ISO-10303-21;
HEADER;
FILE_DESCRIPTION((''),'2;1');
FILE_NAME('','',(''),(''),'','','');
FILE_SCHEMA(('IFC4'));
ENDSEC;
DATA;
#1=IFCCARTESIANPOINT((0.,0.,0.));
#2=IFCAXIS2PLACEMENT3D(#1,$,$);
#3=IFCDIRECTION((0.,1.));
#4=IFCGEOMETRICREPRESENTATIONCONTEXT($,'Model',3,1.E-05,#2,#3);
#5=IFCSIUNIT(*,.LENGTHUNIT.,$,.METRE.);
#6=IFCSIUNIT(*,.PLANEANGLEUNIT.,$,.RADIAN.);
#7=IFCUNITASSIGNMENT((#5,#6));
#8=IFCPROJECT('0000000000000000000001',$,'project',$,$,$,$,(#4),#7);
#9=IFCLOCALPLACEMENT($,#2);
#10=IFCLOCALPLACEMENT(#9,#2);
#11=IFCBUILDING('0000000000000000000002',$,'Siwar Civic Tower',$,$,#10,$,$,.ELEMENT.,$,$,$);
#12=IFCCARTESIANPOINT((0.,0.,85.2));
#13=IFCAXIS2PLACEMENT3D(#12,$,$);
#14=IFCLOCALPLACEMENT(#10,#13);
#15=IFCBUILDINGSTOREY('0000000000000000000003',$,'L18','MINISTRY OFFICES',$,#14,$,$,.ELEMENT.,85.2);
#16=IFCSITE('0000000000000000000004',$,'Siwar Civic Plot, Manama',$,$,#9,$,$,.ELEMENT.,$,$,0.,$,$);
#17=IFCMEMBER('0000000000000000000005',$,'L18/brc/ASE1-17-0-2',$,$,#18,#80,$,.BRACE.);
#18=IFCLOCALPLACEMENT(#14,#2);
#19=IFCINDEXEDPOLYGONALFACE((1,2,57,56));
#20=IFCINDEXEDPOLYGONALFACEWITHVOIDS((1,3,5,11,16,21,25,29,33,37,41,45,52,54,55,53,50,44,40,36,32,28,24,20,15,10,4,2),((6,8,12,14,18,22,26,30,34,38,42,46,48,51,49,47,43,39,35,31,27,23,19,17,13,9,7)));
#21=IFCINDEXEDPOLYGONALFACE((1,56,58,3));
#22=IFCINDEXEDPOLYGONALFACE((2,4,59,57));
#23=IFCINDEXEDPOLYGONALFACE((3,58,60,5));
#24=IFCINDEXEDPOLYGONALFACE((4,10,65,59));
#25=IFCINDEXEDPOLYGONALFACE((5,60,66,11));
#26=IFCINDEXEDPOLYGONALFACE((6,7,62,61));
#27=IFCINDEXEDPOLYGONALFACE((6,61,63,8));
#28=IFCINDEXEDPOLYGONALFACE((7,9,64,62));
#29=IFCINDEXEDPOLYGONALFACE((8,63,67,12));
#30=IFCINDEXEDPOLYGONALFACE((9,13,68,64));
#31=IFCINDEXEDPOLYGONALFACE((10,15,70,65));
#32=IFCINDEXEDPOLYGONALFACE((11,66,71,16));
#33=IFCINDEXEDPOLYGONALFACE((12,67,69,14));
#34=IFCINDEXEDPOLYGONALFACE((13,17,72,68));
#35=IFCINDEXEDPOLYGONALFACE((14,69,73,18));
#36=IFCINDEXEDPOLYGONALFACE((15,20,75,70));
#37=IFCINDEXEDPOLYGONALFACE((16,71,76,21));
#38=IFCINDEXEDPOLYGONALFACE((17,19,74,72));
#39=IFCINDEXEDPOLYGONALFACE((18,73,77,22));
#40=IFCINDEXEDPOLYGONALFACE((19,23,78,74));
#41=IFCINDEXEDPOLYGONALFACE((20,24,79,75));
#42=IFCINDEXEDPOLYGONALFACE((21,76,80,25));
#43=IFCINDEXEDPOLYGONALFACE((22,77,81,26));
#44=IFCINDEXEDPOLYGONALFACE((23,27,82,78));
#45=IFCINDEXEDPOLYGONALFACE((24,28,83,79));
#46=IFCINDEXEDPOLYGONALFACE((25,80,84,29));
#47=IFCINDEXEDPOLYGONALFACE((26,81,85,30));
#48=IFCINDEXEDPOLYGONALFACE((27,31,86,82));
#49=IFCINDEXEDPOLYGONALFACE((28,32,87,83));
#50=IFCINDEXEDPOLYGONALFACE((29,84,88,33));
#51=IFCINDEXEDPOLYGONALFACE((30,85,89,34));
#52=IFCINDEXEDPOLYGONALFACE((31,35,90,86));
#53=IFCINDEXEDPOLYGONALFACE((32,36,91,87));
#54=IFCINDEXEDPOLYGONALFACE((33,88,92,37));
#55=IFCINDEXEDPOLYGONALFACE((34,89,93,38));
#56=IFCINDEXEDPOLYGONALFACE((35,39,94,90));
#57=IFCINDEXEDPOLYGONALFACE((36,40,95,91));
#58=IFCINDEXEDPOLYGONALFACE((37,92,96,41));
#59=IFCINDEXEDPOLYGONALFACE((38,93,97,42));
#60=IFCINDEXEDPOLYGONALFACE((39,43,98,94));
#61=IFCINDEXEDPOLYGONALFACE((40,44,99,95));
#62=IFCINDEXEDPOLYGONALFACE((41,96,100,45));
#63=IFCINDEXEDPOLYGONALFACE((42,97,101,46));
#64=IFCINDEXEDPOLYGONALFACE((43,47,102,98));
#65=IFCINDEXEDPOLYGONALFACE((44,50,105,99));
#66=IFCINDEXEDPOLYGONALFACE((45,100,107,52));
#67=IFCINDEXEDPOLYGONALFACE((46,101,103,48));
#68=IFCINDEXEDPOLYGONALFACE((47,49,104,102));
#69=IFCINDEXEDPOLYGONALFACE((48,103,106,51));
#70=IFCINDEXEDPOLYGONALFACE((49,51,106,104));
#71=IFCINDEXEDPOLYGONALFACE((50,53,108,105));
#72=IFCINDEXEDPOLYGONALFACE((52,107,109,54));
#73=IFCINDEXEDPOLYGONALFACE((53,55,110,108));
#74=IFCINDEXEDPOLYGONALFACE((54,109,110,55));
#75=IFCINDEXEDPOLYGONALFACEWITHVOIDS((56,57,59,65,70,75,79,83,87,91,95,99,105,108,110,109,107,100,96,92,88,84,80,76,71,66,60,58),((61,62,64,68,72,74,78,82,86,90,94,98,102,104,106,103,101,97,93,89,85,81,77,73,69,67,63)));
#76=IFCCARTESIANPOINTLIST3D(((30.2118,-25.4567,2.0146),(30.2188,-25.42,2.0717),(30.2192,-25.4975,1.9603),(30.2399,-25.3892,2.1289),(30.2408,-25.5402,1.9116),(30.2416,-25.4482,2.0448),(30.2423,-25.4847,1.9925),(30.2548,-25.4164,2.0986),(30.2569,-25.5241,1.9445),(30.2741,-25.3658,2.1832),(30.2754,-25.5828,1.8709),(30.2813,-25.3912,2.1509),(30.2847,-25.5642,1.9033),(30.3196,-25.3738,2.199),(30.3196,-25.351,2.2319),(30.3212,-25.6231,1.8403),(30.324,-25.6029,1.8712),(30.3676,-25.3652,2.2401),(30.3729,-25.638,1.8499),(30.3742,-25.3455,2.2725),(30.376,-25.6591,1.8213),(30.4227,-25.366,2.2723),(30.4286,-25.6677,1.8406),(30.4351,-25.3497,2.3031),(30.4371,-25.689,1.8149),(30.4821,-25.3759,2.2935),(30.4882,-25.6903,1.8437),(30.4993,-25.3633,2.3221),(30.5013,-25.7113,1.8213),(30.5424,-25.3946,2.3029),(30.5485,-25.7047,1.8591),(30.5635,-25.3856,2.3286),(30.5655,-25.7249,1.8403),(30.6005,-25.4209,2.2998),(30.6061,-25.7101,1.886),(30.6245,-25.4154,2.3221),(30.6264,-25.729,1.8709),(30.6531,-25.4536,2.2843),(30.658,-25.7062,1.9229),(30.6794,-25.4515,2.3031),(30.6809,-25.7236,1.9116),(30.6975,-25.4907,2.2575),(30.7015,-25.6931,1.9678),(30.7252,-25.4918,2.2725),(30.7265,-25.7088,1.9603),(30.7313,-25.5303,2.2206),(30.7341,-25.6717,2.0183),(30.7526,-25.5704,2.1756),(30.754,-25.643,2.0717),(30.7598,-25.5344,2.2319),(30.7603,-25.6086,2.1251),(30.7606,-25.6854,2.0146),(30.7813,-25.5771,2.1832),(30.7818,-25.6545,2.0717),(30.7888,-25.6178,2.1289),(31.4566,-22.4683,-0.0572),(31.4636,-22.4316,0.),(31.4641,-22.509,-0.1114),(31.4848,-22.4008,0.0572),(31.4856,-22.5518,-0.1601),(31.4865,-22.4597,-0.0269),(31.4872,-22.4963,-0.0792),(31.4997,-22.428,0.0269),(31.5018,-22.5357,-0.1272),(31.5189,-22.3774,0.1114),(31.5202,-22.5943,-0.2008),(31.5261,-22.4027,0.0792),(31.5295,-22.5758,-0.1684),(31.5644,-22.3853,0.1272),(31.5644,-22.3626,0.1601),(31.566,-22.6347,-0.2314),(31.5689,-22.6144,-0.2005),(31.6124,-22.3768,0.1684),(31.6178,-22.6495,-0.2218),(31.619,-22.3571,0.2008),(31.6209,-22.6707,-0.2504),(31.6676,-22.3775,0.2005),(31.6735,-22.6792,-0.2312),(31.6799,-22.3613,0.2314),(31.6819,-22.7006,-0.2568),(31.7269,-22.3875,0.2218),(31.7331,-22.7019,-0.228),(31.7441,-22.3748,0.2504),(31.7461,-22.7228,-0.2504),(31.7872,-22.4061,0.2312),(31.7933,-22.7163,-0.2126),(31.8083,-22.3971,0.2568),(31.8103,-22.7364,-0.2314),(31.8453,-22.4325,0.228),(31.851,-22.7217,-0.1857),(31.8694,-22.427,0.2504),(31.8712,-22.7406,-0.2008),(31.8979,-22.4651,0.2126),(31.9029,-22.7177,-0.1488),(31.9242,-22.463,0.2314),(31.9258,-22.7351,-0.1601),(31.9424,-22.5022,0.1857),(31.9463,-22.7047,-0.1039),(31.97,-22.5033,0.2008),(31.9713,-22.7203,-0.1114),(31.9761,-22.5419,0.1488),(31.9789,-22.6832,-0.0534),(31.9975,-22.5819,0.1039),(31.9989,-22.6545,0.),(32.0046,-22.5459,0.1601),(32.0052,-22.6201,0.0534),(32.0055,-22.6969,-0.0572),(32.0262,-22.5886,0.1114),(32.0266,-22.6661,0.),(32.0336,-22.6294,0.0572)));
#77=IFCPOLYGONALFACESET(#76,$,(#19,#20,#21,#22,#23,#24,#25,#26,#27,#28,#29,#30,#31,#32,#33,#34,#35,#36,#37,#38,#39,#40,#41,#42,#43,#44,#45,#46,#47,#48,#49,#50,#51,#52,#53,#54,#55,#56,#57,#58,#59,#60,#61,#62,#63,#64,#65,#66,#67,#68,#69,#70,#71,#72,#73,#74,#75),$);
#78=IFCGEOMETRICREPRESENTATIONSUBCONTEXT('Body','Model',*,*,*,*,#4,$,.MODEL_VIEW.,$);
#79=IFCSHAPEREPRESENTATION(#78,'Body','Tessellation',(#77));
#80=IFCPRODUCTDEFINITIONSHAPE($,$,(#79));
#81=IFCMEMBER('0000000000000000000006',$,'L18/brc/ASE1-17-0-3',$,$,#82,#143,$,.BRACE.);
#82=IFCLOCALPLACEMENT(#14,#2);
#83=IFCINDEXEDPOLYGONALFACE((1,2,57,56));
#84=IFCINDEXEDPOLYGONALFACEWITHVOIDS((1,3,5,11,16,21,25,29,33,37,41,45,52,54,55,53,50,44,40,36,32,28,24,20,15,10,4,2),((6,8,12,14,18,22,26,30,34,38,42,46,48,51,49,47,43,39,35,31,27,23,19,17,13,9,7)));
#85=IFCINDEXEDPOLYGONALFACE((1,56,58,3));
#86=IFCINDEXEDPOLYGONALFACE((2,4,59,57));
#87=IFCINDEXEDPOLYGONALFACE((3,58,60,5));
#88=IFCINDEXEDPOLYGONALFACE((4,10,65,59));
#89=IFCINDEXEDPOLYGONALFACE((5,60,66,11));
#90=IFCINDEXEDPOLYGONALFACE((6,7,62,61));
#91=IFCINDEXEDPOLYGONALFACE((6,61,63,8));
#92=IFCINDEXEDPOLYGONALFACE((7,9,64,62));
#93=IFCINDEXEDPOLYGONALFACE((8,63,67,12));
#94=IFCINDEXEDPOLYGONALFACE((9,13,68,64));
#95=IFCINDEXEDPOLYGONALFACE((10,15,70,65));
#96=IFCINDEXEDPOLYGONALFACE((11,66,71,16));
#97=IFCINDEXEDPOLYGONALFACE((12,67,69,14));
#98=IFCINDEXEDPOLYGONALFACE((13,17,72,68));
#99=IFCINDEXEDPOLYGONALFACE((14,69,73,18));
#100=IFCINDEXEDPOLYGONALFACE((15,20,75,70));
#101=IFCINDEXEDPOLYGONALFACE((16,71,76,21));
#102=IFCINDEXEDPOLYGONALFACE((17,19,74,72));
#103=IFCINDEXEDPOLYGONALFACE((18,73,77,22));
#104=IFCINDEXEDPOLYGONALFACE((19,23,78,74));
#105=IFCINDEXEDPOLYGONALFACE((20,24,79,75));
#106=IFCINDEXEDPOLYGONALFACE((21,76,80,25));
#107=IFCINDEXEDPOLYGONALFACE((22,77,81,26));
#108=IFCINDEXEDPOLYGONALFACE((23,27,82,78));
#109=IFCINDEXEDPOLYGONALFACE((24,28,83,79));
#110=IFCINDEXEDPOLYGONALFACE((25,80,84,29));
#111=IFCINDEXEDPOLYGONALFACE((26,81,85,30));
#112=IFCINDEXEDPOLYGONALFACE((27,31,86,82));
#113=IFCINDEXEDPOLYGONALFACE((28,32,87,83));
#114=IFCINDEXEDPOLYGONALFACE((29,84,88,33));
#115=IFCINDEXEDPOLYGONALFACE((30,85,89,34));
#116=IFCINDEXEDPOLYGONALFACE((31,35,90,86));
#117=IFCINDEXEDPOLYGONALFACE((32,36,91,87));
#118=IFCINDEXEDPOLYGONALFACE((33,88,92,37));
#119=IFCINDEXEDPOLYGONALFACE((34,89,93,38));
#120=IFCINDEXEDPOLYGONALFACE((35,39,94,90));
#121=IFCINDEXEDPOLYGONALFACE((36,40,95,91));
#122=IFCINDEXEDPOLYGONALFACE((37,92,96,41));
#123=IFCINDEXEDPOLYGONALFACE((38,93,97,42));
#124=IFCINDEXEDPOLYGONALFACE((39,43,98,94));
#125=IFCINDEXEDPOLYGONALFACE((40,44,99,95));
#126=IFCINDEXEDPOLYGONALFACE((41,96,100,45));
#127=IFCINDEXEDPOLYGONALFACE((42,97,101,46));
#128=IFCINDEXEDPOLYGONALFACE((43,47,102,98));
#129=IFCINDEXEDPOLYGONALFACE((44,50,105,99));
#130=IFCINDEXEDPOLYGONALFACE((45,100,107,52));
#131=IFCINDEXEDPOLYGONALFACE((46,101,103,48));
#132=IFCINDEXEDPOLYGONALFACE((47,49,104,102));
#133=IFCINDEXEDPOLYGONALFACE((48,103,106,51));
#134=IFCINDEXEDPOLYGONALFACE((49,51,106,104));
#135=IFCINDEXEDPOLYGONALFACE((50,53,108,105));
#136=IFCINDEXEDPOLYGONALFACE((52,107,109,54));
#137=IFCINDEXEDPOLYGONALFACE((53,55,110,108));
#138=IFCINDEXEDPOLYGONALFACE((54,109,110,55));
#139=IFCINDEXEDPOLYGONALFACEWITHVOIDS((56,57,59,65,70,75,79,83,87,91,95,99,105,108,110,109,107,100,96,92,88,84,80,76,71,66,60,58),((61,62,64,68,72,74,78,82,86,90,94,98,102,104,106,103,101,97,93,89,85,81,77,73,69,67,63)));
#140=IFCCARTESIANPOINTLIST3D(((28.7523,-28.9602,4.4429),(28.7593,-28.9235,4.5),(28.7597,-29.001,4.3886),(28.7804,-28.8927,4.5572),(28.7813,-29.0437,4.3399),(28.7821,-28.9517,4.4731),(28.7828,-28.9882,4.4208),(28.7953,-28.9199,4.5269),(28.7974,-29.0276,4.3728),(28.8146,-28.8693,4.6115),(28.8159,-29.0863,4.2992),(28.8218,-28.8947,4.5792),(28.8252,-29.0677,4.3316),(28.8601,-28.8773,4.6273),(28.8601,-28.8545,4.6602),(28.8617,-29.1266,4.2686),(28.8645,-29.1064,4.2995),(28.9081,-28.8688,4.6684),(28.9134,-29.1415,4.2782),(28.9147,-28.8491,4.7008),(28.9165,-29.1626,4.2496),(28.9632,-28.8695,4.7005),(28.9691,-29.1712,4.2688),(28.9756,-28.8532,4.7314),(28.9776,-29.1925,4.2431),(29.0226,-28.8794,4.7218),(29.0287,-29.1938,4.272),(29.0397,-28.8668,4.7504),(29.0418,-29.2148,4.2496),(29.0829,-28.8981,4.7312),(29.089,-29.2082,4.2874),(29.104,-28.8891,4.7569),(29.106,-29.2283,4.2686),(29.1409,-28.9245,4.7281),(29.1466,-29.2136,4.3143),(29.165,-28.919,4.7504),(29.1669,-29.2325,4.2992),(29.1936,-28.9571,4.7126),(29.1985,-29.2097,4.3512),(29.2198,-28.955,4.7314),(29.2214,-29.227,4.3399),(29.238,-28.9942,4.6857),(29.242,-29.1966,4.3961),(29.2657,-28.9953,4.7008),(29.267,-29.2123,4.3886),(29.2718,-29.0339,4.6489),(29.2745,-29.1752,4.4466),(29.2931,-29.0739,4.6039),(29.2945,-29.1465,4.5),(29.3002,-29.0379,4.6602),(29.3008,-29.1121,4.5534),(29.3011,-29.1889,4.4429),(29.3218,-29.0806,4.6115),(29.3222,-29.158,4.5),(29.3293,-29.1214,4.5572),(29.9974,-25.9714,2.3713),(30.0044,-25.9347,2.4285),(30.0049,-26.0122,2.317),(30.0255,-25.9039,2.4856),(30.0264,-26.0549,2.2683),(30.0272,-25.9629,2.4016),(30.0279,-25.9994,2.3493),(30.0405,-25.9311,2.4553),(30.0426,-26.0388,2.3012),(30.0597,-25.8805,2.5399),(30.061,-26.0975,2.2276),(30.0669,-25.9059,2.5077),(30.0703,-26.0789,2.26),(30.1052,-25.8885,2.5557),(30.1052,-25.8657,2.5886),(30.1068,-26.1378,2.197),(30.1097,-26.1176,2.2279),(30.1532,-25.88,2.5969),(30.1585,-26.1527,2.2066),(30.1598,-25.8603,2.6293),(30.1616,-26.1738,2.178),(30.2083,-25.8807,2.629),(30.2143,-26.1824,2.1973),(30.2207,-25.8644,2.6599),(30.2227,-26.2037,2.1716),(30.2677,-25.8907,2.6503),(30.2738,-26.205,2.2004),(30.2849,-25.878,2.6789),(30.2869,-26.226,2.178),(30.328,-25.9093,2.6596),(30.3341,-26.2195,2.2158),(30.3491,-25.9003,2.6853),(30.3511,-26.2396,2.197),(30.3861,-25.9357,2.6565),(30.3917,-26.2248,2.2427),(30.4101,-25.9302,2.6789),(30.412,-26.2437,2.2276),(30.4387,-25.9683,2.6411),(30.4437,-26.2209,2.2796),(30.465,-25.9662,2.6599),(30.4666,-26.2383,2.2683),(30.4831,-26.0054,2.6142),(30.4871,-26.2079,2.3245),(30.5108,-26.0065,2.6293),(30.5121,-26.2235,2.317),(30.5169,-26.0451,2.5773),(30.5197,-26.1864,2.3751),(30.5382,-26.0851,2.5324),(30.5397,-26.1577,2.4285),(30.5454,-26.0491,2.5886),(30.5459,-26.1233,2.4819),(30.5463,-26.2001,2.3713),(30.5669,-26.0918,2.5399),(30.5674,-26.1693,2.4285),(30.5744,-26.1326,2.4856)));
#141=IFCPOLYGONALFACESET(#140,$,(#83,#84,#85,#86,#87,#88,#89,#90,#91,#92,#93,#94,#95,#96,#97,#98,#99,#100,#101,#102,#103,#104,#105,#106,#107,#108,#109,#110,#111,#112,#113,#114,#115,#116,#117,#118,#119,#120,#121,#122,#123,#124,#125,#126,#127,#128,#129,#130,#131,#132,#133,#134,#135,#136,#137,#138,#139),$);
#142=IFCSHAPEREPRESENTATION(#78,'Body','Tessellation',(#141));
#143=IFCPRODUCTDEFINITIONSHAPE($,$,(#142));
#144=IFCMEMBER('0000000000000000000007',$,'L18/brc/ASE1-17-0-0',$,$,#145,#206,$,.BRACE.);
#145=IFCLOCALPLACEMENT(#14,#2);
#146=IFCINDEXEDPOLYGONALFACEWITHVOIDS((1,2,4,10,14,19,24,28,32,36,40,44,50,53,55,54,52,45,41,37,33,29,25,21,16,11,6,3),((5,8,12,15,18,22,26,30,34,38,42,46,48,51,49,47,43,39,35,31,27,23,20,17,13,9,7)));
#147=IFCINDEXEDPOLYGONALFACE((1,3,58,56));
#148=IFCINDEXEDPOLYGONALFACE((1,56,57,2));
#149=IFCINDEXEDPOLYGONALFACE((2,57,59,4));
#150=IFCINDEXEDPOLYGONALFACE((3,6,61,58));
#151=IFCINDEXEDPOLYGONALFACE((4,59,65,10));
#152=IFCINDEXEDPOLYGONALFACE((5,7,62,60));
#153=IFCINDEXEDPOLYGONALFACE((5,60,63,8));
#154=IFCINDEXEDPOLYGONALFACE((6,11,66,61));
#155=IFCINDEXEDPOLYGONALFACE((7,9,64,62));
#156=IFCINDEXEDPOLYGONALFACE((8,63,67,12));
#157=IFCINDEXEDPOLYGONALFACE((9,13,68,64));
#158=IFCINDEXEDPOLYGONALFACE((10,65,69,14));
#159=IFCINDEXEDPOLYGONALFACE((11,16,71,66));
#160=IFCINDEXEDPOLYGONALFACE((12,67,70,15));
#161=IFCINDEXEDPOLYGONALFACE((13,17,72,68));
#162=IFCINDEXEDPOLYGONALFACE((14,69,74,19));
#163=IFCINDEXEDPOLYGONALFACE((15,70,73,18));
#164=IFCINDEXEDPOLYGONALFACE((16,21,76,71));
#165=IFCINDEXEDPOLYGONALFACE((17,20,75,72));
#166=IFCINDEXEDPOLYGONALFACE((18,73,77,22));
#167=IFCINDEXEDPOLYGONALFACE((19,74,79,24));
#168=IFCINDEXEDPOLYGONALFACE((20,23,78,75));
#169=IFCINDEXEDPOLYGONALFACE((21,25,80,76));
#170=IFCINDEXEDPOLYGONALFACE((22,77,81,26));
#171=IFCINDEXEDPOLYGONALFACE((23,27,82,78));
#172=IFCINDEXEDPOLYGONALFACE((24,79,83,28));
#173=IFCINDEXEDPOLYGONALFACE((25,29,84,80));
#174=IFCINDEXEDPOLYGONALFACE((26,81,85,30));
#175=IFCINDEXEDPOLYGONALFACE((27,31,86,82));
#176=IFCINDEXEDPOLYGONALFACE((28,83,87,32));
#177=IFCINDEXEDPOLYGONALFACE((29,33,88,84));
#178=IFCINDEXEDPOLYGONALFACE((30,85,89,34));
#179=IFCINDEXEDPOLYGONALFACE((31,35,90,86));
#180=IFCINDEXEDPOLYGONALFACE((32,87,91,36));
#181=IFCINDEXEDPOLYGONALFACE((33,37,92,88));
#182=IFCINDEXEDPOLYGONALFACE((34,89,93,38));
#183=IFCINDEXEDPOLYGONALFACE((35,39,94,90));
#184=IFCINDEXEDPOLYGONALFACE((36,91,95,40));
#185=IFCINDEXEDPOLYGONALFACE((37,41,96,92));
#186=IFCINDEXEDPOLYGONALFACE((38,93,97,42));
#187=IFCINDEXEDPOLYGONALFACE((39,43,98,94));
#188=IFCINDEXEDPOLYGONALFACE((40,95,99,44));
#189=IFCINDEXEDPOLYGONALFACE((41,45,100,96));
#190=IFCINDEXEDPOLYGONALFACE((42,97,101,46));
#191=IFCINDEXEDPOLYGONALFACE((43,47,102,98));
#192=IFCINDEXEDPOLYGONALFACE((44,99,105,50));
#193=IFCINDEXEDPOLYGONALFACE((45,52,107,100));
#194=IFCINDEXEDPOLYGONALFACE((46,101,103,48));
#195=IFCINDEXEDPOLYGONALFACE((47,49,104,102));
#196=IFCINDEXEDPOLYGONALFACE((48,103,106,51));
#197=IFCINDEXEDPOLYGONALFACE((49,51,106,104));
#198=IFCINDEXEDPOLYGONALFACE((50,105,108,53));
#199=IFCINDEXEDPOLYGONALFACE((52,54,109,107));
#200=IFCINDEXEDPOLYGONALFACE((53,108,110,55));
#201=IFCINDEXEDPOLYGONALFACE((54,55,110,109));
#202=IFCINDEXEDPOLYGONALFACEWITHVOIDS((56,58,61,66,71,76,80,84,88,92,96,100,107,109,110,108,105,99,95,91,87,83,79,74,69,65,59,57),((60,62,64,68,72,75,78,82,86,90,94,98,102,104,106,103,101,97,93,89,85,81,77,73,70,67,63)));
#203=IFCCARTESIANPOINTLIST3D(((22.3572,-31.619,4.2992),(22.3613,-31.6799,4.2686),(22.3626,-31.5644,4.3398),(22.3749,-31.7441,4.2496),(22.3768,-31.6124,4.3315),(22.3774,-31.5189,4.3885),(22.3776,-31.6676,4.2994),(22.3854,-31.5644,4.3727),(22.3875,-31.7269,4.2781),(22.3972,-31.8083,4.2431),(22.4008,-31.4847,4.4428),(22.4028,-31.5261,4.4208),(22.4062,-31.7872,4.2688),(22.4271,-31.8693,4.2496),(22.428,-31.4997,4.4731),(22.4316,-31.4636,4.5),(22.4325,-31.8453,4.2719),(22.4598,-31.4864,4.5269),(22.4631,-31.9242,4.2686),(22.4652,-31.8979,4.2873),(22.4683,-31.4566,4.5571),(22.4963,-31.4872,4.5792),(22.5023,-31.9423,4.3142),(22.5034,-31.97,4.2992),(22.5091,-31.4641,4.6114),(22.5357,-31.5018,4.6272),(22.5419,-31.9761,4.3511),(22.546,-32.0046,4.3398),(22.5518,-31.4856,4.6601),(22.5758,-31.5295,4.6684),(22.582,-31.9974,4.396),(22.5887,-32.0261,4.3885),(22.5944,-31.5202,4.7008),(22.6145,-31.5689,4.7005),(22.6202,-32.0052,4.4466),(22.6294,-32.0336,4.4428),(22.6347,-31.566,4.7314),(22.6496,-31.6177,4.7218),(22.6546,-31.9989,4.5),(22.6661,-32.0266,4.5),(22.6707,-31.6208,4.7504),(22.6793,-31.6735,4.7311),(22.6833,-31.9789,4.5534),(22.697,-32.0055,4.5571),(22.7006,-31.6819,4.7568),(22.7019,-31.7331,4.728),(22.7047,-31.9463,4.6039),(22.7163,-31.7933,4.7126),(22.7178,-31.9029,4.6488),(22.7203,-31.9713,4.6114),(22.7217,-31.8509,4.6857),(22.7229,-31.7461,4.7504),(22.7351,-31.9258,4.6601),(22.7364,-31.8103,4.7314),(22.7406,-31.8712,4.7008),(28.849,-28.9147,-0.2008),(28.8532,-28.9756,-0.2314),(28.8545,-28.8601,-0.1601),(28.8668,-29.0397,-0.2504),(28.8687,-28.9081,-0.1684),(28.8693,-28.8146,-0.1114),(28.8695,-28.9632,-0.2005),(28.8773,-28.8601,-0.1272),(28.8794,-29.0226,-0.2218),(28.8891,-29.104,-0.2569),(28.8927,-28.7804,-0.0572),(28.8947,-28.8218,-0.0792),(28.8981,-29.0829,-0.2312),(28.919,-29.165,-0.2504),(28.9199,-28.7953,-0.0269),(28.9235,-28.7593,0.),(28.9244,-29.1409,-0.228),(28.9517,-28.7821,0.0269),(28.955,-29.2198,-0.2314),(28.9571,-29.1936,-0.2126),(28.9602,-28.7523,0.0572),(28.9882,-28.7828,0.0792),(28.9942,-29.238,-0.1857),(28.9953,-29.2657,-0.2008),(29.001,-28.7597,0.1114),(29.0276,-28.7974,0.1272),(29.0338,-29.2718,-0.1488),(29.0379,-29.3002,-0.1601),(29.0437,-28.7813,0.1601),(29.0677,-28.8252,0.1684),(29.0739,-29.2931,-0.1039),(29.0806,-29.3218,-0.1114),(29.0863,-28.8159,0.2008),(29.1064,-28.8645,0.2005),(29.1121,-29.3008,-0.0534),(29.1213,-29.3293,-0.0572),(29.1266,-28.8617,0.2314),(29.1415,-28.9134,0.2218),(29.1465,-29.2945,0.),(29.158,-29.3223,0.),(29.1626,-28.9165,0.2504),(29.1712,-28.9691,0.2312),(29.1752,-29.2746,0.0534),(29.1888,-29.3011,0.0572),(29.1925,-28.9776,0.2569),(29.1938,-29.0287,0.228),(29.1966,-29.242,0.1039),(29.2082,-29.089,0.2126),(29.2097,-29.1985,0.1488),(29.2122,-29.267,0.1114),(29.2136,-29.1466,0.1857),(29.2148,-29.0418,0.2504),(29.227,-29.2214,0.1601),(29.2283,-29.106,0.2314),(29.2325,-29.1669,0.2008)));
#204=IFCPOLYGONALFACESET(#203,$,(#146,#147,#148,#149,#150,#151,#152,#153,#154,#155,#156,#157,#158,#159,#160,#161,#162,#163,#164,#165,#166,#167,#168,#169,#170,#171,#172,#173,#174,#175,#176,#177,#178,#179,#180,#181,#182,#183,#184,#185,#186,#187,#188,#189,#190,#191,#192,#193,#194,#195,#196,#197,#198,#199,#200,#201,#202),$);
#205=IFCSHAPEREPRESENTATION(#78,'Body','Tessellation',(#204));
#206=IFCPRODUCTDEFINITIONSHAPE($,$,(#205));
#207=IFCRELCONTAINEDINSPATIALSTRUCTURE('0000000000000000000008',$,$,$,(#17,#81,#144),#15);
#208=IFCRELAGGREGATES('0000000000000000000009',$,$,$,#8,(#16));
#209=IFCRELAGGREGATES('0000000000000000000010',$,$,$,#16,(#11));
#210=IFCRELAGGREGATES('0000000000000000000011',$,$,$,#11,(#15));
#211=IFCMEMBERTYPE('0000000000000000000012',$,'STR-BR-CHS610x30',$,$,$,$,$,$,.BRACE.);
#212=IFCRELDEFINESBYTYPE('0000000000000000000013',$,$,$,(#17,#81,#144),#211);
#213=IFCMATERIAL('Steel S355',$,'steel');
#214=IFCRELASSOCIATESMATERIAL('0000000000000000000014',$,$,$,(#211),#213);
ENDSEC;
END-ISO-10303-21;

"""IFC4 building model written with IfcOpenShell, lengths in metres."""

from ifc_helpers import new_model, si_unit, direction, frame, origin, origin_2d, place, context, subcontext, project, spatial, hollow_circle, extrude, material, material_profile, profile_set, type_object, element, save


model = new_model("IFC4")

# Units and contexts
model_context = context("Model", 3, precision=1e-05, world=origin(), true_north=direction((0.0, 1.0)))
body_context = subcontext(model_context, "Body", "Model", "MODEL_VIEW")
ifc_project = project(units=[si_unit("LENGTHUNIT", "METRE"), si_unit("PLANEANGLEUNIT", "RADIAN")], contexts=[model_context])

# Site, building, storey
site_placement = place(None, origin())
site = spatial("IfcSite", under=ifc_project, at=site_placement, Name="Siwar Civic Plot, Manama", CompositionType="ELEMENT", RefElevation=0.0)
building_placement = place(site_placement, origin())
building = spatial("IfcBuilding", under=site, at=building_placement, Name="Siwar Civic Tower", CompositionType="ELEMENT")
storey_placement = place(building_placement, frame((0.0, 0.0, 85.2)))
storey = spatial("IfcBuildingStorey", under=building, at=storey_placement, Name="L18", Description="MINISTRY OFFICES", CompositionType="ELEMENT", Elevation=85.2)

# Members
ifc_material_1 = material(Name="Steel S355", Category="steel")
ifc_material_profile_1 = material_profile(ifc_material_1, hollow_circle(Radius=0.3049, WallThickness=0.03, at=origin_2d()), Name="CHS610x30")
ifc_profile_set_1 = profile_set([ifc_material_profile_1], Name="Steel S355")
member_type_1 = type_object("IfcMemberType", Name="STR-BR-CHS610x30", PredefinedType="BRACE", material=ifc_profile_set_1)
member_1_placement = place(storey_placement, frame((31.7451, -22.5488, 0.0), z_axis=(-0.323882, -0.777533, 0.53902), x_axis=(0.923115, -0.384524, 0.0)))
element("IfcMember", 1, at=member_1_placement, inside=storey, type_object=member_type_1, Name="L18/brc/ASE1-17-0-2", PredefinedType="BRACE", context=body_context, shape_type="SweptSolid", body=[
    extrude(hollow_circle(Radius=0.3049, WallThickness=0.03, at=origin_2d()), origin(), (0.0, 0.0, 1.0), 3.8435),
])
member_2_placement = place(storey_placement, frame((30.2859, -26.052, 2.4285), z_axis=(-0.323934, -0.777569, 0.538937), x_axis=(0.923099, -0.384562, 0.0)))
element("IfcMember", 2, at=member_2_placement, inside=storey, type_object=member_type_1, Name="L18/brc/ASE1-17-0-3", PredefinedType="BRACE", context=body_context, shape_type="SweptSolid", body=[
    extrude(hollow_circle(Radius=0.3049, WallThickness=0.03, at=origin_2d()), origin(), (0.0, 0.0, 1.0), 3.8438),
])
member_3_placement = place(storey_placement, frame((29.0408, -29.0408, 0.0), z_axis=(-0.777555, -0.323906, 0.538975), x_axis=(0.384539, -0.923109, 0.0)))
element("IfcMember", 3, at=member_3_placement, inside=storey, type_object=member_type_1, Name="L18/brc/ASE1-17-0-0", PredefinedType="BRACE", context=body_context, shape_type="SweptSolid", body=[
    extrude(hollow_circle(Radius=0.3049, WallThickness=0.03, at=origin_2d()), origin(), (0.0, 0.0, 1.0), 8.3491),
])

save(model, "model.ifc")
